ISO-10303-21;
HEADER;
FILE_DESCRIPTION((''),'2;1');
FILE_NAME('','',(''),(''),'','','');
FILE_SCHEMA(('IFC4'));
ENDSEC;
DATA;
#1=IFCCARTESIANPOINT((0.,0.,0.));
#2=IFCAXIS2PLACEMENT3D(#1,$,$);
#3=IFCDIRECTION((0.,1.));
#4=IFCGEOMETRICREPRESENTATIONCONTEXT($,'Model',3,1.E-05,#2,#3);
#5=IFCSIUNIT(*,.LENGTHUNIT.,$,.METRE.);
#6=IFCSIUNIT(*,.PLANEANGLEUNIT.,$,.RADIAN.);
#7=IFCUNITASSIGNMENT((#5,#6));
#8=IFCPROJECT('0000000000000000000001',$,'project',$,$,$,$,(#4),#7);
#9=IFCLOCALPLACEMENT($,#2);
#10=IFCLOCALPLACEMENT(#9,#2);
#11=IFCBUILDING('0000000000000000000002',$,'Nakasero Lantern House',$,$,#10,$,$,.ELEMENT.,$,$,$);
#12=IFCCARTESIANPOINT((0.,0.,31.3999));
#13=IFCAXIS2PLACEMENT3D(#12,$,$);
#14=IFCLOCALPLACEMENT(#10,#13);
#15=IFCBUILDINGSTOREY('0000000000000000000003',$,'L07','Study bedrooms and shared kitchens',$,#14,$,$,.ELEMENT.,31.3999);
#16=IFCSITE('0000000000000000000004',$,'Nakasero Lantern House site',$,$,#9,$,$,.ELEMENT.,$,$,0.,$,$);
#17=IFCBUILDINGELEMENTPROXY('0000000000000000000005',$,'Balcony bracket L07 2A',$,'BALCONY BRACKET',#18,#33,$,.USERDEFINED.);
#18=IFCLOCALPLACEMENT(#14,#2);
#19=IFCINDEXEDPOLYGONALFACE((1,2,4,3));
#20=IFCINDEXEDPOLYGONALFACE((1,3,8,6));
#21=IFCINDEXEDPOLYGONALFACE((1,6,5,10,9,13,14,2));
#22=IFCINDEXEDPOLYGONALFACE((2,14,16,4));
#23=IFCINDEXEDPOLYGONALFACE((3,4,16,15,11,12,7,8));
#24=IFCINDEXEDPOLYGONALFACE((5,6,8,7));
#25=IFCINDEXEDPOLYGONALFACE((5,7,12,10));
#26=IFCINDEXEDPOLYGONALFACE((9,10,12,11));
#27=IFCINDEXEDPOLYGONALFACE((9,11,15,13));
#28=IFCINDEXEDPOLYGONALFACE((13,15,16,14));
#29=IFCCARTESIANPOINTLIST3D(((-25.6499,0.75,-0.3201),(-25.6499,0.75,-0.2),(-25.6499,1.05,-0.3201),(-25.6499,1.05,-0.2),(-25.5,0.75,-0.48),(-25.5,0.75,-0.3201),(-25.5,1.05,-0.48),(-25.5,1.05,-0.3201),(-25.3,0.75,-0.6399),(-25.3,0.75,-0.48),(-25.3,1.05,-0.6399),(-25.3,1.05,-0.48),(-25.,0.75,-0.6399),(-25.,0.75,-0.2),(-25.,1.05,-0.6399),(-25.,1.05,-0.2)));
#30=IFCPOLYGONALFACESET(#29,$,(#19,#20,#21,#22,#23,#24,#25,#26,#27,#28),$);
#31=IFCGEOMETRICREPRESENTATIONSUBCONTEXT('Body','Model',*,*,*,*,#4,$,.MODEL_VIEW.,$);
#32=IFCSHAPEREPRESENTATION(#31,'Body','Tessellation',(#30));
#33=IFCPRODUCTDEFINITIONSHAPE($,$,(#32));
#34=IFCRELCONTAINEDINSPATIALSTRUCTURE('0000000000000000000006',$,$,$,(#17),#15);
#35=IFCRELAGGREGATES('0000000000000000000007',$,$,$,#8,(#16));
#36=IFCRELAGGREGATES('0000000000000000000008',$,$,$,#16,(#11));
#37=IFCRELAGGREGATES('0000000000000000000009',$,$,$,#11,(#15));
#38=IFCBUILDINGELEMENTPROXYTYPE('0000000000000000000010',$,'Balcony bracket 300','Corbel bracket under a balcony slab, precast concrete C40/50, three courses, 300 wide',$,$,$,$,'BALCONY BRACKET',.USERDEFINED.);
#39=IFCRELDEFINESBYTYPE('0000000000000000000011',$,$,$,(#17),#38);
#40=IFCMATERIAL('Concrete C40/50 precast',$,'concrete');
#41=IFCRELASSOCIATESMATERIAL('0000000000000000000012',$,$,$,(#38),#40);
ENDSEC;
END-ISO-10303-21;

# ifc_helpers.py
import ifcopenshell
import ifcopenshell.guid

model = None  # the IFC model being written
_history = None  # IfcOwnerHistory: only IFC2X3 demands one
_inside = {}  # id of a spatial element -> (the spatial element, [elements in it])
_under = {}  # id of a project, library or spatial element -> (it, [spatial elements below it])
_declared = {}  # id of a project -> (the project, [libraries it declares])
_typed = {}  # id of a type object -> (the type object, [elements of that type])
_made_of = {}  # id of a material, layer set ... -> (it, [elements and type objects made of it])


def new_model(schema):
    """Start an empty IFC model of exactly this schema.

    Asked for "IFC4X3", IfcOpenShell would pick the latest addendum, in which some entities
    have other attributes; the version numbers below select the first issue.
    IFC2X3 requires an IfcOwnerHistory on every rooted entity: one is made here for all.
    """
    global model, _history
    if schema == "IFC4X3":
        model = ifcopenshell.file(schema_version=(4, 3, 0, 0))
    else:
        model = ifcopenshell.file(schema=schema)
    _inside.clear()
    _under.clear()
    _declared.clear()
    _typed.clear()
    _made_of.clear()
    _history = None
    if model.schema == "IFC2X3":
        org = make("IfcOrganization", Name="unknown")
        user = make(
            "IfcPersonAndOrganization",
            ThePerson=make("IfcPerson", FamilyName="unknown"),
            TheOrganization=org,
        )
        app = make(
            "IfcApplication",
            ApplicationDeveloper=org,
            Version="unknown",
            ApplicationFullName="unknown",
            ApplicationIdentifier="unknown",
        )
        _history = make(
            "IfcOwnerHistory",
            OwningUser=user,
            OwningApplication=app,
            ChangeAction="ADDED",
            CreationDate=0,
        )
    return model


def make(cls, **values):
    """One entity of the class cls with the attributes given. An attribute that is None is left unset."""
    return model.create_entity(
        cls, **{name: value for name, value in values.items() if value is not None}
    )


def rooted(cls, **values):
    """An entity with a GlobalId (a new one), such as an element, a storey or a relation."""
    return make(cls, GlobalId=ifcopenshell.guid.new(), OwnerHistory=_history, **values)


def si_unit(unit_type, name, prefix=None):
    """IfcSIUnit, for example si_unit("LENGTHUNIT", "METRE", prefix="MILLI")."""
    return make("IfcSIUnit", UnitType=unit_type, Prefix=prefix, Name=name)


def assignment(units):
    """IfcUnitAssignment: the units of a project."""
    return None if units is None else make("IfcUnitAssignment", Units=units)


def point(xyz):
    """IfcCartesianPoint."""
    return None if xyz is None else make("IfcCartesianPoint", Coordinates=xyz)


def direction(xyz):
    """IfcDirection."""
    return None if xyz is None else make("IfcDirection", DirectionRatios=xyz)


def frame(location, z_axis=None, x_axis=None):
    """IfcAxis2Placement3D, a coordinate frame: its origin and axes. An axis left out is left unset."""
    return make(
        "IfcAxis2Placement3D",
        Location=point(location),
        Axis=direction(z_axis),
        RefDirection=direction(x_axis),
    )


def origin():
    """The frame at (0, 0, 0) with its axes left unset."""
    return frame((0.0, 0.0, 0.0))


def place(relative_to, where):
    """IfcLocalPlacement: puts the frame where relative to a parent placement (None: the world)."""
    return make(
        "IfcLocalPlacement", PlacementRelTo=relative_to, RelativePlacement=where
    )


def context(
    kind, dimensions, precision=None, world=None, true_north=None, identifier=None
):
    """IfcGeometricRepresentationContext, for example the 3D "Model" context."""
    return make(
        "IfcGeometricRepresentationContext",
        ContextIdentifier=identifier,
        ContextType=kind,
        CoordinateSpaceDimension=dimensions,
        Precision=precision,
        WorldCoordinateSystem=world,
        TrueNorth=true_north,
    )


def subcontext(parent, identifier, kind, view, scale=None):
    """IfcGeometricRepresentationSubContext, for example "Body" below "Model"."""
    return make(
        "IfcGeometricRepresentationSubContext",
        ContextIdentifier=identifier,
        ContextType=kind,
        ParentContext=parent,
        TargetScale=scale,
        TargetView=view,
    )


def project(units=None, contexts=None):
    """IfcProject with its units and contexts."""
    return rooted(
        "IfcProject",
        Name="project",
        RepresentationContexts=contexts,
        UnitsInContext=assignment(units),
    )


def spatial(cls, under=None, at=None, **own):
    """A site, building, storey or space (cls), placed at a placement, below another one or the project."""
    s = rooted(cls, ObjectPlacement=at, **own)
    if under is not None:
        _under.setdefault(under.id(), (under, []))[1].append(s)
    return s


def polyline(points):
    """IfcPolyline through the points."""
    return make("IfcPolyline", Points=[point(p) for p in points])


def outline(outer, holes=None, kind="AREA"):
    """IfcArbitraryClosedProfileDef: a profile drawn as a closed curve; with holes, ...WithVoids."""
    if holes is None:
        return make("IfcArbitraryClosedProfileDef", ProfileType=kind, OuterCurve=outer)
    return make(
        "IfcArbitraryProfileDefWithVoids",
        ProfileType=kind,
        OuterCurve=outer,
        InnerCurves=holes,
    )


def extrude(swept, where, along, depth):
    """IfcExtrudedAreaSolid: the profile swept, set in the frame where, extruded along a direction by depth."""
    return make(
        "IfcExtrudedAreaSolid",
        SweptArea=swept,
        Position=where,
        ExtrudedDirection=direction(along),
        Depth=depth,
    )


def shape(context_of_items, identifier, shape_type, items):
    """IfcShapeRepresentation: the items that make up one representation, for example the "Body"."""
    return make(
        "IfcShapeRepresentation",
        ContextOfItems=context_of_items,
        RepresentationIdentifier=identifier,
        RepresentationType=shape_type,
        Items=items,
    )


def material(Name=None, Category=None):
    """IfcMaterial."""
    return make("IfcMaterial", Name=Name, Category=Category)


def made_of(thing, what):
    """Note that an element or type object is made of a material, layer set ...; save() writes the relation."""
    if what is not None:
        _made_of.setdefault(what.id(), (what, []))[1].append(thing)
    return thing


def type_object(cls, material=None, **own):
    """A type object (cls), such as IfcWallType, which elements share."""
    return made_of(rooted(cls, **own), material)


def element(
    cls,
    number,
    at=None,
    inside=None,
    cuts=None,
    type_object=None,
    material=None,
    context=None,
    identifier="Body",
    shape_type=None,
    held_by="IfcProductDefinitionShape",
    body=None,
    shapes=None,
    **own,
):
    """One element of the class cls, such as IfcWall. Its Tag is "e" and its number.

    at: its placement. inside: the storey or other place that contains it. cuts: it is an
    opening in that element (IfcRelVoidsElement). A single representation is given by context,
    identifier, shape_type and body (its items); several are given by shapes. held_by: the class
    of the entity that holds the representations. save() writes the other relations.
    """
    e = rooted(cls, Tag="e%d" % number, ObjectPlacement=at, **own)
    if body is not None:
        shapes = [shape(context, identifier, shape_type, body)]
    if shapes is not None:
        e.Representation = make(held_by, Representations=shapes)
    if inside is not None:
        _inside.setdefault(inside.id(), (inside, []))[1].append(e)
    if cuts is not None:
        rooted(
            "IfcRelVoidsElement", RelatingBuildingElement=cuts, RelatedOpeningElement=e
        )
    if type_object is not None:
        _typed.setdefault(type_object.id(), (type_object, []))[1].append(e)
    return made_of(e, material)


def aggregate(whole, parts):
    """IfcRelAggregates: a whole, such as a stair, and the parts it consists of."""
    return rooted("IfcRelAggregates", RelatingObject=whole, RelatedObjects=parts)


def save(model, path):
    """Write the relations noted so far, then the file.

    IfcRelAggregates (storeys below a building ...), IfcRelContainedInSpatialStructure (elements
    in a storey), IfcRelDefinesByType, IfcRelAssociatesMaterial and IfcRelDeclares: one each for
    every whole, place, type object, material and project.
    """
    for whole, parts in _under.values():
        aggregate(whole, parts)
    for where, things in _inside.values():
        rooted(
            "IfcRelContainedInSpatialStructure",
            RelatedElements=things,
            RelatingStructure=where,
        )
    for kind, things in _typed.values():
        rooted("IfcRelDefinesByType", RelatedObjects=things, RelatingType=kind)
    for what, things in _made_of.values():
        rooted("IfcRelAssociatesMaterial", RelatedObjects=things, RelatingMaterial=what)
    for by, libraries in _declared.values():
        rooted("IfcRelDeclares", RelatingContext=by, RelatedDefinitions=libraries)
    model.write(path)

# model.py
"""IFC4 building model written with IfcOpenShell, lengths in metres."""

from ifc_helpers import new_model, si_unit, direction, frame, origin, place, context, subcontext, project, spatial, polyline, outline, extrude, material, type_object, element, save


model = new_model("IFC4")

# Units and contexts
model_context = context("Model", 3, precision=1e-05, world=origin(), true_north=direction((0.0, 1.0)))
body_context = subcontext(model_context, "Body", "Model", "MODEL_VIEW")
ifc_project = project(units=[si_unit("LENGTHUNIT", "METRE"), si_unit("PLANEANGLEUNIT", "RADIAN")], contexts=[model_context])

# Site, building, storey
site_placement = place(None, origin())
site = spatial("IfcSite", under=ifc_project, at=site_placement, Name="Nakasero Lantern House site", CompositionType="ELEMENT", RefElevation=0.0)
building_placement = place(site_placement, origin())
building = spatial("IfcBuilding", under=site, at=building_placement, Name="Nakasero Lantern House", CompositionType="ELEMENT")
storey_placement = place(building_placement, frame((0.0, 0.0, 31.3999)))
storey = spatial("IfcBuildingStorey", under=building, at=storey_placement, Name="L07", Description="Study bedrooms and shared kitchens", CompositionType="ELEMENT", Elevation=31.3999)

# Building element proxy
ifc_material_1 = material(Name="Concrete C40/50 precast", Category="concrete")
building_element_proxy_type = type_object("IfcBuildingElementProxyType", Name="Balcony bracket 300", Description="Corbel bracket under a balcony slab, precast concrete C40/50, three courses, 300 wide", ElementType="BALCONY BRACKET", PredefinedType="USERDEFINED", material=ifc_material_1)
proxy_placement = place(storey_placement, frame((-25.0, 0.8999, -0.2), z_axis=(0.0, 0.0, 1.0), x_axis=(-1.0, 0.0, 0.0)))
element("IfcBuildingElementProxy", 1, at=proxy_placement, inside=storey, type_object=building_element_proxy_type, Name="Balcony bracket L07 2A", ObjectType="BALCONY BRACKET", PredefinedType="USERDEFINED", context=body_context, shape_type="SweptSolid", body=[
    extrude(outline(polyline([(0.0, 0.0), (0.6499, 0.0), (0.6499, -0.1201), (0.5, -0.1201), (0.5, -0.28), (0.3, -0.28), (0.3, -0.4399), (0.0, -0.4399), (0.0, 0.0)])), frame((0.0, 0.1499, 0.0), z_axis=(0.0, -1.0, 0.0), x_axis=(1.0, 0.0, 0.0)), (0.0, 0.0, 1.0), 0.3),
])

save(model, "model.ifc")
